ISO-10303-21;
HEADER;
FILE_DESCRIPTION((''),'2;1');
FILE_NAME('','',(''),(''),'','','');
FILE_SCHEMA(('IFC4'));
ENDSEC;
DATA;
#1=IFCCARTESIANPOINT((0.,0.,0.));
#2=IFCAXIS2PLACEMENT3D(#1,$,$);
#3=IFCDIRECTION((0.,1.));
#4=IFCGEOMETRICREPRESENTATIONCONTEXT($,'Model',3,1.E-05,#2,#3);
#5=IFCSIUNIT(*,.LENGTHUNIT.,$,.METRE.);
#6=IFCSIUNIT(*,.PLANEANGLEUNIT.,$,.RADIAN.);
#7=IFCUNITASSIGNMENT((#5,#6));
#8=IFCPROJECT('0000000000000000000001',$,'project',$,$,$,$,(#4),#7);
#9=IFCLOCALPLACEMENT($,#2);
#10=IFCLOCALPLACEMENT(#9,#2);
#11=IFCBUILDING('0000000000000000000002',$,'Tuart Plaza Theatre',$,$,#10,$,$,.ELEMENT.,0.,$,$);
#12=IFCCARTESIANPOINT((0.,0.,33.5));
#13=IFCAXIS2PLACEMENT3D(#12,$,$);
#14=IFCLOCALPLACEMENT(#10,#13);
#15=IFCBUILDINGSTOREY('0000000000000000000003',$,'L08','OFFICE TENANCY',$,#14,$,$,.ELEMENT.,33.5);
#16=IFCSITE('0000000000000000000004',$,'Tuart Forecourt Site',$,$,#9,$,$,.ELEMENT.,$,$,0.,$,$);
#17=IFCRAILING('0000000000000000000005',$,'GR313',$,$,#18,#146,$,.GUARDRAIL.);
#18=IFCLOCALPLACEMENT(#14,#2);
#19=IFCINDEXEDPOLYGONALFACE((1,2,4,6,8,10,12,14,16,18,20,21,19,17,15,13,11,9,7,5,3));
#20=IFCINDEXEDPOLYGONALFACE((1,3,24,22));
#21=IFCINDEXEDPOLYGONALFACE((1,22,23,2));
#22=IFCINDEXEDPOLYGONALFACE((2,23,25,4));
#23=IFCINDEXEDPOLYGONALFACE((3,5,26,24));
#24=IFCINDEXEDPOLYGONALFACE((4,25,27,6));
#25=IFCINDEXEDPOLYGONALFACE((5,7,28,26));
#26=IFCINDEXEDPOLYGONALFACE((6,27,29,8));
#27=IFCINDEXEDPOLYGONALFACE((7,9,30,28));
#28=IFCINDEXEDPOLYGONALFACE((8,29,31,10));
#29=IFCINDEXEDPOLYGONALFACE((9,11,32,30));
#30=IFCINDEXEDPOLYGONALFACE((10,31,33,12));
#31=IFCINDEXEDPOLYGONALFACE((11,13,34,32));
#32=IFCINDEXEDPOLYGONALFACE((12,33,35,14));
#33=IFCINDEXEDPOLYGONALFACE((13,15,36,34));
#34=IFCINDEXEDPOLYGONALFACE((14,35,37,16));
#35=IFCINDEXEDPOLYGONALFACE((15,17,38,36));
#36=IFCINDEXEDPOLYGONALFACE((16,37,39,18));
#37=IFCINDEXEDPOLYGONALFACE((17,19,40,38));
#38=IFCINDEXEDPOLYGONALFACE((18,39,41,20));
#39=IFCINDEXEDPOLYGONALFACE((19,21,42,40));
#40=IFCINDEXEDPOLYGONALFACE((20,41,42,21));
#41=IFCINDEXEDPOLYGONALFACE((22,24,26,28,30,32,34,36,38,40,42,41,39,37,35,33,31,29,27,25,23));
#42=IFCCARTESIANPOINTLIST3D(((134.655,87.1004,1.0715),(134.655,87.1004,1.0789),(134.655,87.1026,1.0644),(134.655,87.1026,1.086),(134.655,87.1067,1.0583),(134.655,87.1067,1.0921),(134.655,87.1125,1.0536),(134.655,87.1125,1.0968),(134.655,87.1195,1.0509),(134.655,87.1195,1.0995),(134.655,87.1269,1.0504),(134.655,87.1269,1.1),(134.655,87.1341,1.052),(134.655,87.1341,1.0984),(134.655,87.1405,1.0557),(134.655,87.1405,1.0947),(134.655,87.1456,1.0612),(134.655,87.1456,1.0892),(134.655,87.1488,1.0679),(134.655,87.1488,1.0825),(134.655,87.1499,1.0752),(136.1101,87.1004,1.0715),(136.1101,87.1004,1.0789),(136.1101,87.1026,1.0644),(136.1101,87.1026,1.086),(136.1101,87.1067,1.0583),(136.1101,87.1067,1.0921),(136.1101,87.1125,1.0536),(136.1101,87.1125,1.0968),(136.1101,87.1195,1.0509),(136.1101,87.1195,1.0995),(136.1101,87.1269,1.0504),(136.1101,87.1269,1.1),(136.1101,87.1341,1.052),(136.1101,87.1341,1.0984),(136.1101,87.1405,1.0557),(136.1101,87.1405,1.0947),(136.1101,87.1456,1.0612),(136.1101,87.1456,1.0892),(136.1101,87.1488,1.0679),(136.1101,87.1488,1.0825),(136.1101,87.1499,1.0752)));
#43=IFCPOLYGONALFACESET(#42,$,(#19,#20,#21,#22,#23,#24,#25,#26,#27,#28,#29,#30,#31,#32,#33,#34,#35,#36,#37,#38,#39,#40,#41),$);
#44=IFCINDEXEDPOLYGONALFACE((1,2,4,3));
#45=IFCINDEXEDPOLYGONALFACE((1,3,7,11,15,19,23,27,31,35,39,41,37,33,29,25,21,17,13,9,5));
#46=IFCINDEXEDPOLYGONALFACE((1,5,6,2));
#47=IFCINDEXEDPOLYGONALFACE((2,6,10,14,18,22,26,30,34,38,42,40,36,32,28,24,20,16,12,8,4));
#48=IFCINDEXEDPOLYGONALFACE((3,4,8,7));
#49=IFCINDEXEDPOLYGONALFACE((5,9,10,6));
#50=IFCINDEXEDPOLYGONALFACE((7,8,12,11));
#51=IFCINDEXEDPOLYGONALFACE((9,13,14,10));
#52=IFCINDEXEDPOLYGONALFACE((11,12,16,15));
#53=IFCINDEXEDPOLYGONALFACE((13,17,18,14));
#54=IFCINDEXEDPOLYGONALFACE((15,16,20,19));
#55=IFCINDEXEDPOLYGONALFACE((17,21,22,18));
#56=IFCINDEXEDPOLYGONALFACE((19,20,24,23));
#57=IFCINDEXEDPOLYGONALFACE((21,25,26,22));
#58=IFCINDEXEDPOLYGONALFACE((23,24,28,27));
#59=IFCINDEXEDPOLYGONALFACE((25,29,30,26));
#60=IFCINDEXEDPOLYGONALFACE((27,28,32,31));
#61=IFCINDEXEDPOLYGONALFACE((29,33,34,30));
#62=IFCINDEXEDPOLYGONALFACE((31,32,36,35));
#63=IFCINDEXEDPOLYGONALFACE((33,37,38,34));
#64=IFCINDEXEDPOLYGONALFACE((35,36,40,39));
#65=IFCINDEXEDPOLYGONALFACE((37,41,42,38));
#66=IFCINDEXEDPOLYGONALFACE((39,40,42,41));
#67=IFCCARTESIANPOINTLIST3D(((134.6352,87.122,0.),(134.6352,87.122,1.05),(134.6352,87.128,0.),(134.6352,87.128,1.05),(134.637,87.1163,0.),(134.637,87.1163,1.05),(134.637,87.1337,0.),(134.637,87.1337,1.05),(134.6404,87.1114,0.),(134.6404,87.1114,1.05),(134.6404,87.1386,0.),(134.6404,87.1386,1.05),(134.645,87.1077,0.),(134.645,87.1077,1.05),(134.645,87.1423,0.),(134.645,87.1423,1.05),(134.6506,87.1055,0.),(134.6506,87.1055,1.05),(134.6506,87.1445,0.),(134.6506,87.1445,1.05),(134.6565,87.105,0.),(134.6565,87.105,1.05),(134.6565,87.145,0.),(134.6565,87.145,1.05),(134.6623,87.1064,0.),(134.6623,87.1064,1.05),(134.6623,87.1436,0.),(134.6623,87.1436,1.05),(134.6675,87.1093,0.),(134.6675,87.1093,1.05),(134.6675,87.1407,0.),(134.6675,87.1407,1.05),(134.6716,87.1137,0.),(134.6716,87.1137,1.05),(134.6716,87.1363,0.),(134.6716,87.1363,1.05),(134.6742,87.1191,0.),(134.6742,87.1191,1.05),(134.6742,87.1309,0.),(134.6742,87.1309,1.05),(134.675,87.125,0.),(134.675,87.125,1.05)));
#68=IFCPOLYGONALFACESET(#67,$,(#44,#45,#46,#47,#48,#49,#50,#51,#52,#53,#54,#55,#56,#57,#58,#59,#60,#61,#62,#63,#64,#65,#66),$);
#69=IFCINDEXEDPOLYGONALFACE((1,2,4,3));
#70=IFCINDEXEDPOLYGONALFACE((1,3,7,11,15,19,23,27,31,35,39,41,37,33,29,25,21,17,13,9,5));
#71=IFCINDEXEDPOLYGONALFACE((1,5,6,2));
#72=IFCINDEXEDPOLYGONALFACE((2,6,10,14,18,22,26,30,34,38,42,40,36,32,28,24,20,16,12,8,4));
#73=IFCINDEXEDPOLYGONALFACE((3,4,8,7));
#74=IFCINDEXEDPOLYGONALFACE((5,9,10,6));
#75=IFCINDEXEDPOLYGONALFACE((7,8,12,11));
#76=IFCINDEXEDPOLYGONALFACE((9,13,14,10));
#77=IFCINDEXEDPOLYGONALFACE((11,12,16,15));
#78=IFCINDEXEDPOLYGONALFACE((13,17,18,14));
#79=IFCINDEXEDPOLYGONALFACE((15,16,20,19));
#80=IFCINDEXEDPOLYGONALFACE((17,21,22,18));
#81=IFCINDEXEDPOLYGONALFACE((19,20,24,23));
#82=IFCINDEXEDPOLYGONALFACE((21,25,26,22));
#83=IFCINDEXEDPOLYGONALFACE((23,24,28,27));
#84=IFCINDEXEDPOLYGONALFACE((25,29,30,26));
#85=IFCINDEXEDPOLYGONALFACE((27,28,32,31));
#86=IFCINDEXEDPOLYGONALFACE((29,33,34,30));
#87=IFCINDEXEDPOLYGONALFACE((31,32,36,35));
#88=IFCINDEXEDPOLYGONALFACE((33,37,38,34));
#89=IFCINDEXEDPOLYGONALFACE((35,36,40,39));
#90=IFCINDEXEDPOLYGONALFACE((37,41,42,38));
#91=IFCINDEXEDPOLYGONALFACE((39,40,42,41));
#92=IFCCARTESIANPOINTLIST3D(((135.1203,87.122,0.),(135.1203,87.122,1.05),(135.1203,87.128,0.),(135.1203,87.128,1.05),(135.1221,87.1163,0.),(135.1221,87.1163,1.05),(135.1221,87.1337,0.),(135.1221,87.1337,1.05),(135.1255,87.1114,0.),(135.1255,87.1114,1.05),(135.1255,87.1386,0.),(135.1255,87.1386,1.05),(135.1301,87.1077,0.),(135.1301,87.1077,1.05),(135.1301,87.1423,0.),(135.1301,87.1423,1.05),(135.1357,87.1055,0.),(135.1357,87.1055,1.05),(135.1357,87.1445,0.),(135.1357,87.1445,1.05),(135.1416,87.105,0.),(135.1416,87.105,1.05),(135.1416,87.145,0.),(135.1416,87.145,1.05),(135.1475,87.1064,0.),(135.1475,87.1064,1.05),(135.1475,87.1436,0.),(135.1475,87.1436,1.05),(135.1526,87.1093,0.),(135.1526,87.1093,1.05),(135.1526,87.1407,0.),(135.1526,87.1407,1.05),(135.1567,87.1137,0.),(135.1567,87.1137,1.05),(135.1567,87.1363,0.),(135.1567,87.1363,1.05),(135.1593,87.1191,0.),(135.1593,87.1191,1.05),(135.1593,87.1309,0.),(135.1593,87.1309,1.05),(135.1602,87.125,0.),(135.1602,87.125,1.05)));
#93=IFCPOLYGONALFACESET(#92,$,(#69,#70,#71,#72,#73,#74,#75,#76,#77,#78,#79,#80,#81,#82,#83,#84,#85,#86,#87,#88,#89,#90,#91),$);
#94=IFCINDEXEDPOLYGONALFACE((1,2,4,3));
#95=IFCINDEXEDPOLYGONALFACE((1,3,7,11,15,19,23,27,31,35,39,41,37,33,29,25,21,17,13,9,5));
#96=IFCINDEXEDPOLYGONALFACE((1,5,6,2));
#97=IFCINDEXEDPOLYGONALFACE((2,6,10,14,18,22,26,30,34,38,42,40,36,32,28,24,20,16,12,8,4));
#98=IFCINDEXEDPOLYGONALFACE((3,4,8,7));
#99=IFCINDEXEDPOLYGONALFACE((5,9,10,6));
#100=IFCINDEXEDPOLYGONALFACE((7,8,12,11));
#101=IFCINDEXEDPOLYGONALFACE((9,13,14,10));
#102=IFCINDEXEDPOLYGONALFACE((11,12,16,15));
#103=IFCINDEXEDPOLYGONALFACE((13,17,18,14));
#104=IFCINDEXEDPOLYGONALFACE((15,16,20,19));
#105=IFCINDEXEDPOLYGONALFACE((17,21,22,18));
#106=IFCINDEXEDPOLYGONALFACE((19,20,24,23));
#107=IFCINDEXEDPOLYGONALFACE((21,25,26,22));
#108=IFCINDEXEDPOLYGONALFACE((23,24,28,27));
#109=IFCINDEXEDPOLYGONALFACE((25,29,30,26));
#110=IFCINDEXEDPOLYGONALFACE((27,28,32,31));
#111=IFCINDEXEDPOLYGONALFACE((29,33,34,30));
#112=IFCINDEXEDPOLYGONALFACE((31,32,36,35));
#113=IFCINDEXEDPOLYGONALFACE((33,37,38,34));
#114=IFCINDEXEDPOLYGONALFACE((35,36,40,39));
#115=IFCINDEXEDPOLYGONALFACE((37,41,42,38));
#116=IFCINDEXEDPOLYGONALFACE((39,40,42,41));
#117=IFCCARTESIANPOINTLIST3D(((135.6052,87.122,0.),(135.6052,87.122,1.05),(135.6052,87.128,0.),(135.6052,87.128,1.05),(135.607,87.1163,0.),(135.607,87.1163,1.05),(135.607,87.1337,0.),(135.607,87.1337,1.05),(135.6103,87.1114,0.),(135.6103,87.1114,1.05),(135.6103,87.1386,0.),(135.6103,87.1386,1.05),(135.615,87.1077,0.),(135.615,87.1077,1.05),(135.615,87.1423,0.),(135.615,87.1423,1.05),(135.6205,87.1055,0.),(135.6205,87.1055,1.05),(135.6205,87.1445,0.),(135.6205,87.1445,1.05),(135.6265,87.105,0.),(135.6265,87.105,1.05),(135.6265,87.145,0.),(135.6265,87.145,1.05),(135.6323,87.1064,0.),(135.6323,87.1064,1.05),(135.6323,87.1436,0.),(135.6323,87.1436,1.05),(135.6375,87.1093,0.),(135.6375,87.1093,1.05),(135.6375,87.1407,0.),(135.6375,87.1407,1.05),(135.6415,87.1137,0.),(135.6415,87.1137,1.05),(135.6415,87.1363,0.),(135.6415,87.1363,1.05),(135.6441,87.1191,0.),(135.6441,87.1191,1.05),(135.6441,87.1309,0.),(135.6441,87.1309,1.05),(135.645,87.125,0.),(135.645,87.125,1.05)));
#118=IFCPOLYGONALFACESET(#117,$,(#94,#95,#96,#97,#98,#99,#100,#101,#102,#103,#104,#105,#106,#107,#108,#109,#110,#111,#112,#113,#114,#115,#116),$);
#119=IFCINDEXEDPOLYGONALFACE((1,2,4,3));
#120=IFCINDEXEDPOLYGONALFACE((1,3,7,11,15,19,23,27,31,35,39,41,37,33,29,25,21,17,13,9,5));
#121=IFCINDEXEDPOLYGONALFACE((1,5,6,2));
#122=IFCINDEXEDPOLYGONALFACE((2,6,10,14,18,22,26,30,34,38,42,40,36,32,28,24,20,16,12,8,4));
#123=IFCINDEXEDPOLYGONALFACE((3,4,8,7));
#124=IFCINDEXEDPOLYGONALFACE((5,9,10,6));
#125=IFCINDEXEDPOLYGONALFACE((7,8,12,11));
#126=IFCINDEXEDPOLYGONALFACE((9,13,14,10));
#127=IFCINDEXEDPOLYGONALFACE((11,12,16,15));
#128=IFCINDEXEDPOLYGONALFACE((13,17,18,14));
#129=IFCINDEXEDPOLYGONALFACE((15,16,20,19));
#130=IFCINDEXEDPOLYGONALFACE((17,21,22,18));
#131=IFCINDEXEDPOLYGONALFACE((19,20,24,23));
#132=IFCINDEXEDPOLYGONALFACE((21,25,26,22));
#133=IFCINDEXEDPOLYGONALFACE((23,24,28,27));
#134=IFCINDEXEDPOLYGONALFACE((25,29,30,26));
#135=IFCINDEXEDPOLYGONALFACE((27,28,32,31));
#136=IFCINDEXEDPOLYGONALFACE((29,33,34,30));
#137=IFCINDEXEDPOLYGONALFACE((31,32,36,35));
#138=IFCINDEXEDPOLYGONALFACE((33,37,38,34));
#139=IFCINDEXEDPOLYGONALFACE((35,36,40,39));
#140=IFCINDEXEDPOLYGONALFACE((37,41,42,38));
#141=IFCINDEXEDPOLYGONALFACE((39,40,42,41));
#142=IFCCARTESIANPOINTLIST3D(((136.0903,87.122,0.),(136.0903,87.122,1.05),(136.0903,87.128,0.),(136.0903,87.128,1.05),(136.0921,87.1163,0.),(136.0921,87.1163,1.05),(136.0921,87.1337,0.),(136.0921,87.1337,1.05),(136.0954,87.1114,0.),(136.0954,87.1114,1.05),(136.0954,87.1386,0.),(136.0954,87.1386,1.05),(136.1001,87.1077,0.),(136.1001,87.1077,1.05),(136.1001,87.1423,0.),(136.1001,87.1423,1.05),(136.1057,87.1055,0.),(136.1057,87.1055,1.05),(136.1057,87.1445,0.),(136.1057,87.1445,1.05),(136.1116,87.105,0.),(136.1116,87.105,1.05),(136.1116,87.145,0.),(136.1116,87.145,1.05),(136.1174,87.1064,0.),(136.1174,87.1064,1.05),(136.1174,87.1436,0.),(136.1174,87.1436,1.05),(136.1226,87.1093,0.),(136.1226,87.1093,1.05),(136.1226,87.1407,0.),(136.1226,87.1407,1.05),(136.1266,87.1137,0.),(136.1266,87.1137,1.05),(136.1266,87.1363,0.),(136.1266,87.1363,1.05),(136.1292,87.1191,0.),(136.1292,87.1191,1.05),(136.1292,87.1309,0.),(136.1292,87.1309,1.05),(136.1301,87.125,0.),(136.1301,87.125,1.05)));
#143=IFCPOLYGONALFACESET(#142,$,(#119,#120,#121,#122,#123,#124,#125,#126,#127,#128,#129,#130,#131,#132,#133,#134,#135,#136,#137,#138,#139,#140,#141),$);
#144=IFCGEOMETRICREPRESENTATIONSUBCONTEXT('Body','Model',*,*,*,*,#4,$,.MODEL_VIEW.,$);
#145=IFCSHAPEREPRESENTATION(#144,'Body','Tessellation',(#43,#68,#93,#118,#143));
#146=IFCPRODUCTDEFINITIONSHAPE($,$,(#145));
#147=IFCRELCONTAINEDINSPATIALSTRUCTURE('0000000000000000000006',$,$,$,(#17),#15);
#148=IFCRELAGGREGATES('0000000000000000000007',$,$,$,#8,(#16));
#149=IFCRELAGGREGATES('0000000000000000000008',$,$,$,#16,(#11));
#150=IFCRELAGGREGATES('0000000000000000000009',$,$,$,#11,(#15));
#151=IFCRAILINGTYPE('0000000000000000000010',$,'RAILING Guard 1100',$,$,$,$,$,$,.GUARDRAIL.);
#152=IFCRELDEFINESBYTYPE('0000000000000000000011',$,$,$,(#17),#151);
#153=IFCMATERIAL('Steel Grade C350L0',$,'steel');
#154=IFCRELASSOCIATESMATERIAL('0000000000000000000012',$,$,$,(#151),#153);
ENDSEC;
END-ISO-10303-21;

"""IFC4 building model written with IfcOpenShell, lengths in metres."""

from ifc_helpers import new_model, si_unit, direction, frame, origin, origin_2d, place, context, subcontext, project, spatial, circle, extrude, material, type_object, element, save


model = new_model("IFC4")

# Units and contexts
model_context = context("Model", 3, precision=1e-05, world=origin(), true_north=direction((0.0, 1.0)))
body_context = subcontext(model_context, "Body", "Model", "MODEL_VIEW")
ifc_project = project(units=[si_unit("LENGTHUNIT", "METRE"), si_unit("PLANEANGLEUNIT", "RADIAN")], contexts=[model_context])

# Site, building, storey
site_placement = place(None, origin())
site = spatial("IfcSite", under=ifc_project, at=site_placement, Name="Tuart Forecourt Site", CompositionType="ELEMENT", RefElevation=0.0)
building_placement = place(site_placement, origin())
building = spatial("IfcBuilding", under=site, at=building_placement, Name="Tuart Plaza Theatre", CompositionType="ELEMENT", ElevationOfRefHeight=0.0)
storey_placement = place(building_placement, frame((0.0, 0.0, 33.5)))
storey = spatial("IfcBuildingStorey", under=building, at=storey_placement, Name="L08", Description="OFFICE TENANCY", CompositionType="ELEMENT", Elevation=33.5)

# Railing
ifc_material_1 = material(Name="Steel Grade C350L0", Category="steel")
railing_type_1 = type_object("IfcRailingType", Name="RAILING Guard 1100", PredefinedType="GUARDRAIL", material=ifc_material_1)
railing_1_placement = place(storey_placement, frame((134.655, 87.125, 0.0)))
element("IfcRailing", 1, at=railing_1_placement, inside=storey, type_object=railing_type_1, Name="GR313", PredefinedType="GUARDRAIL", context=body_context, shape_type="SweptSolid", body=[
    extrude(circle(Radius=0.0249, at=origin_2d()), frame((0.0, 0.0, 1.0752), z_axis=(1.0, 0.0, 0.0), x_axis=(0.0, 1.0, 0.0)), (0.0, 0.0, 1.0), 1.4551),
    extrude(circle(Radius=0.02, at=origin_2d()), origin(), (0.0, 0.0, 1.0), 1.05),
    extrude(circle(Radius=0.02, at=origin_2d()), frame((0.4851, 0.0, 0.0)), (0.0, 0.0, 1.0), 1.05),
    extrude(circle(Radius=0.02, at=origin_2d()), frame((0.97, 0.0, 0.0)), (0.0, 0.0, 1.0), 1.05),
    extrude(circle(Radius=0.02, at=origin_2d()), frame((1.4551, 0.0, 0.0)), (0.0, 0.0, 1.0), 1.05),
])

save(model, "model.ifc")
